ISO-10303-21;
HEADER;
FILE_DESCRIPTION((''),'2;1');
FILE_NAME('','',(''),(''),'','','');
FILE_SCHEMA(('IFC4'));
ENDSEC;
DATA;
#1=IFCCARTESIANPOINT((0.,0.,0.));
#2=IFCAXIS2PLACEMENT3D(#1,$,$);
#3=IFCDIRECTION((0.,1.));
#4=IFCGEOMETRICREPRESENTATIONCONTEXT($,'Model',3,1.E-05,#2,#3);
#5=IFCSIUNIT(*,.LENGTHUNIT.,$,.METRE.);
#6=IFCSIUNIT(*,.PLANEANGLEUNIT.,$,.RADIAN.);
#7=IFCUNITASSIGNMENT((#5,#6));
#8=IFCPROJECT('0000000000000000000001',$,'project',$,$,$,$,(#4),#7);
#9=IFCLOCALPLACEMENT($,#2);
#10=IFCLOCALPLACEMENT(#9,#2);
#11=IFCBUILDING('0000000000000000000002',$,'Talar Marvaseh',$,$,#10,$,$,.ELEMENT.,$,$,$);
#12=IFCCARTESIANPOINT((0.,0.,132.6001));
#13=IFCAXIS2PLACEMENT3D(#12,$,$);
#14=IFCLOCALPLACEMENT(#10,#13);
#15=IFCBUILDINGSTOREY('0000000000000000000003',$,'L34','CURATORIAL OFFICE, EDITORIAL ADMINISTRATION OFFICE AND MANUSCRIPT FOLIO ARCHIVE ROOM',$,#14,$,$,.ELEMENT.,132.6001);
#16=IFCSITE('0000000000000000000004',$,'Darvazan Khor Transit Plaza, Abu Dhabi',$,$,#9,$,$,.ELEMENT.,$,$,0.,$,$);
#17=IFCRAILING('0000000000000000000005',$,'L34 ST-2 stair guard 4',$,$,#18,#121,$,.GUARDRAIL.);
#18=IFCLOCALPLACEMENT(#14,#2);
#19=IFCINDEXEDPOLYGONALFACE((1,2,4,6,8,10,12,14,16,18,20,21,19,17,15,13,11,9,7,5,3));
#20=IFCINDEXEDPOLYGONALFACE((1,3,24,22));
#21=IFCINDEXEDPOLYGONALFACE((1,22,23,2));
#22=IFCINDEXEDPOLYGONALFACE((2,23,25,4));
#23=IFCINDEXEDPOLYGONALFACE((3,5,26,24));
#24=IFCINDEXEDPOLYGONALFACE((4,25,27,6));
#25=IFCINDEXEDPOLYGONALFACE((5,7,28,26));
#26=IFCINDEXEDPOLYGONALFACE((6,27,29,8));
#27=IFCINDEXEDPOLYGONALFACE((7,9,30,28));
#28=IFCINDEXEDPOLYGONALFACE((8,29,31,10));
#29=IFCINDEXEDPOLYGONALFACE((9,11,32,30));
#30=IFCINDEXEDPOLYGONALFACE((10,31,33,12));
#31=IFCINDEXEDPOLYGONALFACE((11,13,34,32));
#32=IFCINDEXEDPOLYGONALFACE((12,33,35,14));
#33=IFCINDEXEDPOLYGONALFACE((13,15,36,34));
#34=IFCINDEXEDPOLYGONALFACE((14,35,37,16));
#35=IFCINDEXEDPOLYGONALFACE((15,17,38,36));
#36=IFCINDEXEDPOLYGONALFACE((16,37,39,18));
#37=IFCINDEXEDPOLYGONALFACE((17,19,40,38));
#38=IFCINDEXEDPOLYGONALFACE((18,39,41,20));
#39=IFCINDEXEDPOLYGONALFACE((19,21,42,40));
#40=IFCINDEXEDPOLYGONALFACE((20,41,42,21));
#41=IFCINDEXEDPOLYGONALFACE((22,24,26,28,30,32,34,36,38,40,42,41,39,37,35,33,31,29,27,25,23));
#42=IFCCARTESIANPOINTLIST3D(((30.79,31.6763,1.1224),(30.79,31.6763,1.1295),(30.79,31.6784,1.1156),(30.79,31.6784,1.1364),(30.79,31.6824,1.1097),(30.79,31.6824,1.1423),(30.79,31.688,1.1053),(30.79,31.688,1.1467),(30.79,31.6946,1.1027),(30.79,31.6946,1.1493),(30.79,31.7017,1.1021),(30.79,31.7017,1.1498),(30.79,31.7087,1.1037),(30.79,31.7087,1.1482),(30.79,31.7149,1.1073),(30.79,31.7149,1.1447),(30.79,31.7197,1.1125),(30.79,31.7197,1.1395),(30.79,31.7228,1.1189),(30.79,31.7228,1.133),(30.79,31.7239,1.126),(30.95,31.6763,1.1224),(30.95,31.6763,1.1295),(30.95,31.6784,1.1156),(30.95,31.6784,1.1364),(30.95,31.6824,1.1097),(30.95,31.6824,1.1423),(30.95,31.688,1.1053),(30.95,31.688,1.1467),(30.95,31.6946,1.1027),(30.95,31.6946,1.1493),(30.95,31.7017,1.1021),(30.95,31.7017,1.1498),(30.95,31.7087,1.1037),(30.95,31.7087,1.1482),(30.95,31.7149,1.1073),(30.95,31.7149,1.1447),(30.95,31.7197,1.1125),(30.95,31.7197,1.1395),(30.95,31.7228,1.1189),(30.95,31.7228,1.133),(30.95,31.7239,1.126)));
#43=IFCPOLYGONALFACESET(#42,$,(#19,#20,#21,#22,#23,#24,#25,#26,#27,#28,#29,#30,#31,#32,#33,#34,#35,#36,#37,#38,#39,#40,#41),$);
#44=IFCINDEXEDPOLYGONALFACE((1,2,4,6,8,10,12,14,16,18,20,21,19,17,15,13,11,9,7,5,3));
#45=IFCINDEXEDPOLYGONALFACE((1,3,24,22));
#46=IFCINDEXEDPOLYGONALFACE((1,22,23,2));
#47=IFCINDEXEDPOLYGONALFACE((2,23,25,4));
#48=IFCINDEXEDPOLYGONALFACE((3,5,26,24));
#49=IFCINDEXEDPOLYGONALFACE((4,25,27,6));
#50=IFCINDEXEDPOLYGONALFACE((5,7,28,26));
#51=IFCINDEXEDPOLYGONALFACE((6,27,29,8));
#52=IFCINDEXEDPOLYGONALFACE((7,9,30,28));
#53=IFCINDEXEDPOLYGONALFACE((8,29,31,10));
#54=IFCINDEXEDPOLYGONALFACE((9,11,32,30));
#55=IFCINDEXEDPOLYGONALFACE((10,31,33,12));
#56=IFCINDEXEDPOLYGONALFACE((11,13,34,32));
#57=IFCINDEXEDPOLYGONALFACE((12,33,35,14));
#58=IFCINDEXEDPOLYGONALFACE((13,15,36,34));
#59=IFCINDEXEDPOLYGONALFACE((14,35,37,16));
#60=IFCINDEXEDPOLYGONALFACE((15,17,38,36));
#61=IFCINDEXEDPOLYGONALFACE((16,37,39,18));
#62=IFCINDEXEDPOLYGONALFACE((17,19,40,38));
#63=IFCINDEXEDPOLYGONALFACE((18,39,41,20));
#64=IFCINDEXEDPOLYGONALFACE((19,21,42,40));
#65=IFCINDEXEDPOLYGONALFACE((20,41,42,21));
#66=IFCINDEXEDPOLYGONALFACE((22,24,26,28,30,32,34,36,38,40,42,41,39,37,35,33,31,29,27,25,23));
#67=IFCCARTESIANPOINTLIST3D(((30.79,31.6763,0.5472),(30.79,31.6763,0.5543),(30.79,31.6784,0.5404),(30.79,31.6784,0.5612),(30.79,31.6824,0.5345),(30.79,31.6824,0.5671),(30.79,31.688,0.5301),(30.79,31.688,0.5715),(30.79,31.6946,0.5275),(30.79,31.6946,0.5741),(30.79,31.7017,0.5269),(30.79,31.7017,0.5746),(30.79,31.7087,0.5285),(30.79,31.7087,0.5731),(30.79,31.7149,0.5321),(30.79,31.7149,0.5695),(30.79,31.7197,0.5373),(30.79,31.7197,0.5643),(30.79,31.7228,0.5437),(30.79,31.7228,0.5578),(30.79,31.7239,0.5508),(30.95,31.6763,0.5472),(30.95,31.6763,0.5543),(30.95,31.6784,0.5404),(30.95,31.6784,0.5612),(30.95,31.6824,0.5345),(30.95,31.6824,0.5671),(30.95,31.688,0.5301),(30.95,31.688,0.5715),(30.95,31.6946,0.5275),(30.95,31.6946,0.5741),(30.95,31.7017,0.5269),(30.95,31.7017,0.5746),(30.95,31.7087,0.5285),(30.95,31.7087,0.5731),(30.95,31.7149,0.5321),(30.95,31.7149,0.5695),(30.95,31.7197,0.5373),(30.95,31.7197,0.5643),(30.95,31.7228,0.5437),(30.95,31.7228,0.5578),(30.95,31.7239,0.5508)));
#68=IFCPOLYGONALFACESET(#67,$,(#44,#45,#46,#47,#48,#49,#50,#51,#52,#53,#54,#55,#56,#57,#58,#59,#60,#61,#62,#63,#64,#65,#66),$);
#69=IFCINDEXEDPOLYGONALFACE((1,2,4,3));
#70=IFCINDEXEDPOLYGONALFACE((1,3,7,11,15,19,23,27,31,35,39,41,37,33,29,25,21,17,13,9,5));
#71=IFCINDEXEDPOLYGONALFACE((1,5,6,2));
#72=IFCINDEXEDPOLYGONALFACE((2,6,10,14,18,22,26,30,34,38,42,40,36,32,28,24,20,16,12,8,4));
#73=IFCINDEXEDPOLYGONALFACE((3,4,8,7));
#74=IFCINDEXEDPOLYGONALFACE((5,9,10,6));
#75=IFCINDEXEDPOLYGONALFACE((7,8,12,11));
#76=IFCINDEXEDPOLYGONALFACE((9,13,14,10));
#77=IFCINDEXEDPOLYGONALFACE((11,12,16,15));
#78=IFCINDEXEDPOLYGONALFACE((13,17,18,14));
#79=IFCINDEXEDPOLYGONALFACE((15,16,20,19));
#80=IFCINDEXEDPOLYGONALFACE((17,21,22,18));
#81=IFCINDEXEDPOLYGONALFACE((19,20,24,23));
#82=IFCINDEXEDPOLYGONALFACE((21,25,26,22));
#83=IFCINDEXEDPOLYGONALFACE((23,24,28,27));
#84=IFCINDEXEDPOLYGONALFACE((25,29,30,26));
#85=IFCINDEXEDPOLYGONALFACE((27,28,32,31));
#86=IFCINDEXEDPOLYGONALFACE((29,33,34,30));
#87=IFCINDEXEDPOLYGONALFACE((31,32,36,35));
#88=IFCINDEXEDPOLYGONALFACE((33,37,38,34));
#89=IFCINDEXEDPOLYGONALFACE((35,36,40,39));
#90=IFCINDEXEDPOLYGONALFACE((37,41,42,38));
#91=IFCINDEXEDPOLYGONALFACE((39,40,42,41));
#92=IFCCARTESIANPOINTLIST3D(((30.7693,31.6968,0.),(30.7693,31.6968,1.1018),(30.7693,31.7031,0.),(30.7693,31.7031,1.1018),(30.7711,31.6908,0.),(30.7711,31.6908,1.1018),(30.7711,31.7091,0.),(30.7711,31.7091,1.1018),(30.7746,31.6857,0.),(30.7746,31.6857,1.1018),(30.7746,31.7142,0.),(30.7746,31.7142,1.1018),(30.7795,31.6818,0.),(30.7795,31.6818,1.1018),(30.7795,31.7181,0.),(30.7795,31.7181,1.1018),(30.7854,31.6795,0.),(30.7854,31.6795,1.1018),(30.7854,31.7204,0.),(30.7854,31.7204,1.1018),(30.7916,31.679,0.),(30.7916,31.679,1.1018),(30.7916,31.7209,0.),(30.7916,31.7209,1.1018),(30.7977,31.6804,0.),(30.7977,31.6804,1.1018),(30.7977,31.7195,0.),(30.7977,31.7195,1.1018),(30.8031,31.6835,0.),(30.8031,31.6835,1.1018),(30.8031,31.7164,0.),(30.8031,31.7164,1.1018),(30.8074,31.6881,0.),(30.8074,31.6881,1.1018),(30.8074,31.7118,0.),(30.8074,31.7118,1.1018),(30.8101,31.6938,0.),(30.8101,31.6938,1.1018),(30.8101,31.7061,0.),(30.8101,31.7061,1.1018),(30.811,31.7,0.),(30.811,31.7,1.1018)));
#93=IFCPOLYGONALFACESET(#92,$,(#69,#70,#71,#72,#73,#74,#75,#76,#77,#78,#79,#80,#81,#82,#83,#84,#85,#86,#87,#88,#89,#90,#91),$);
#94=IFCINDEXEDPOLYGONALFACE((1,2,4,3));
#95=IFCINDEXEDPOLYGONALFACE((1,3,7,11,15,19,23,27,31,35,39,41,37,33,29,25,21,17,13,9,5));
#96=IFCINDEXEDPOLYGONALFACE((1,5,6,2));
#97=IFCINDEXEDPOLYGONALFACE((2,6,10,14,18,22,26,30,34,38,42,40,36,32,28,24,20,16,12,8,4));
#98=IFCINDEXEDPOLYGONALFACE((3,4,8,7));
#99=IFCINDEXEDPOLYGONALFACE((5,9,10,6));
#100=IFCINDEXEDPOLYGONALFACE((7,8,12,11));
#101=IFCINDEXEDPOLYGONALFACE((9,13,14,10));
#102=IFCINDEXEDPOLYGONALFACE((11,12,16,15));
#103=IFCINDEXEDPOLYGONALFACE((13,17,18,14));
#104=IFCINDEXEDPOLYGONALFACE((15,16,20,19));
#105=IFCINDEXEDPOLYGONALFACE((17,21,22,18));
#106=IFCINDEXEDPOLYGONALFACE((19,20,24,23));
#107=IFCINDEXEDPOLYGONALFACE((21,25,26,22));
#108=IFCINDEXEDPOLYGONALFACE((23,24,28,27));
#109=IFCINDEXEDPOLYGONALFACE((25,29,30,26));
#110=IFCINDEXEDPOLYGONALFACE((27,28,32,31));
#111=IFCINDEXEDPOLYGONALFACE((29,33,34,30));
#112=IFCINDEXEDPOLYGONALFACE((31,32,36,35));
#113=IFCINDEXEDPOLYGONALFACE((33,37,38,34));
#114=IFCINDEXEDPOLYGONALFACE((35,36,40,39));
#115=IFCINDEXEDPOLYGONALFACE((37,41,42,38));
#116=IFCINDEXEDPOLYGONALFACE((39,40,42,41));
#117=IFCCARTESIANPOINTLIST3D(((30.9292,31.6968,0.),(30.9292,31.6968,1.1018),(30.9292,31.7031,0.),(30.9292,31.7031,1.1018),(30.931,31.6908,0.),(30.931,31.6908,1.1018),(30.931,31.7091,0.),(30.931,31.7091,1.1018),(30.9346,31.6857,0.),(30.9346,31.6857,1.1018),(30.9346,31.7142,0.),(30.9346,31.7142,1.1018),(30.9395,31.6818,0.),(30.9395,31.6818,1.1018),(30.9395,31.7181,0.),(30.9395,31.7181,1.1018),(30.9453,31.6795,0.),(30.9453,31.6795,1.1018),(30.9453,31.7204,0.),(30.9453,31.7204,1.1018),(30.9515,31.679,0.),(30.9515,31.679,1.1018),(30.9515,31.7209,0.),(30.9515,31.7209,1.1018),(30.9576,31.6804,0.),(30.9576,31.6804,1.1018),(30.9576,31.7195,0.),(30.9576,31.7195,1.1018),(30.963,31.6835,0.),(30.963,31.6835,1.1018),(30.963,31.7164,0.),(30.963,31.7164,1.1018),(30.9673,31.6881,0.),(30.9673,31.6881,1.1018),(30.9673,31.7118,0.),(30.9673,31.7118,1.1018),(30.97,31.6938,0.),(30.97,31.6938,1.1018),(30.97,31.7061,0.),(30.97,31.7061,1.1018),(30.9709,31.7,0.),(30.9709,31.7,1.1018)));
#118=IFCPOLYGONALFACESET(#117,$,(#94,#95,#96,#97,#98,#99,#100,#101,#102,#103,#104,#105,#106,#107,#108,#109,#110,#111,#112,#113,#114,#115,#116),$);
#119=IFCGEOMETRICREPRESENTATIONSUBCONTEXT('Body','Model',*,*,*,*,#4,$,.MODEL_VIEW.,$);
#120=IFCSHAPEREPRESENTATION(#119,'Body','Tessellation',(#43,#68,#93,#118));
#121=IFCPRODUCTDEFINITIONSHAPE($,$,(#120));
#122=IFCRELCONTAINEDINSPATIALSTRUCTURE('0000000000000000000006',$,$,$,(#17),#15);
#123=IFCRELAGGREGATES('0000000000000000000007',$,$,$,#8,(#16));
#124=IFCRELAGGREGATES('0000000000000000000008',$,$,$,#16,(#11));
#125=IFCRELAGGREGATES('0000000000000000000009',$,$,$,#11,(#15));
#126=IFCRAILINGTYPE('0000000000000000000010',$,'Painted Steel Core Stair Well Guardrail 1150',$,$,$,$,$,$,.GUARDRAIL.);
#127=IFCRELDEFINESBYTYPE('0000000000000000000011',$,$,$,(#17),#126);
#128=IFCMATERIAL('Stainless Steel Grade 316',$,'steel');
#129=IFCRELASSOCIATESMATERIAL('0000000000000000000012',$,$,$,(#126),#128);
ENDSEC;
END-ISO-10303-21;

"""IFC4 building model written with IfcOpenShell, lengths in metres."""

from ifc_helpers import new_model, si_unit, direction, frame, origin, origin_2d, place, context, subcontext, project, spatial, circle, extrude, material, type_object, element, save


model = new_model("IFC4")

# Units and contexts
model_context = context("Model", 3, precision=1e-05, world=origin(), true_north=direction((0.0, 1.0)))
body_context = subcontext(model_context, "Body", "Model", "MODEL_VIEW")
ifc_project = project(units=[si_unit("LENGTHUNIT", "METRE"), si_unit("PLANEANGLEUNIT", "RADIAN")], contexts=[model_context])

# Site, building, storey
site_placement = place(None, origin())
site = spatial("IfcSite", under=ifc_project, at=site_placement, Name="Darvazan Khor Transit Plaza, Abu Dhabi", CompositionType="ELEMENT", RefElevation=0.0)
building_placement = place(site_placement, origin())
building = spatial("IfcBuilding", under=site, at=building_placement, Name="Talar Marvaseh", CompositionType="ELEMENT")
storey_placement = place(building_placement, frame((0.0, 0.0, 132.6001)))
storey = spatial("IfcBuildingStorey", under=building, at=storey_placement, Name="L34", Description="CURATORIAL OFFICE, EDITORIAL ADMINISTRATION OFFICE AND MANUSCRIPT FOLIO ARCHIVE ROOM", CompositionType="ELEMENT", Elevation=132.6001)

# Shared definitions
ifc_material_1 = material(Name="Stainless Steel Grade 316", Category="steel")

# Railing
railing_type_1 = type_object("IfcRailingType", Name="Painted Steel Core Stair Well Guardrail 1150", PredefinedType="GUARDRAIL", material=ifc_material_1)
railing_1_placement = place(storey_placement, frame((30.79, 31.7, 0.0)))
element("IfcRailing", 1, at=railing_1_placement, inside=storey, type_object=railing_type_1, Name="L34 ST-2 stair guard 4", PredefinedType="GUARDRAIL", context=body_context, shape_type="SweptSolid", body=[
    extrude(circle(Radius=0.0239, at=origin_2d()), frame((0.0, 0.0, 1.126), z_axis=(1.0, 0.0, 0.0), x_axis=(0.0, 1.0, 0.0)), (0.0, 0.0, 1.0), 0.1599),
    extrude(circle(Radius=0.0239, at=origin_2d()), frame((0.0, 0.0, 0.5508), z_axis=(1.0, 0.0, 0.0), x_axis=(0.0, 1.0, 0.0)), (0.0, 0.0, 1.0), 0.1599),
    extrude(circle(Radius=0.021, at=origin_2d()), origin(), (0.0, 0.0, 1.0), 1.1018),
    extrude(circle(Radius=0.021, at=origin_2d()), frame((0.1599, 0.0, 0.0)), (0.0, 0.0, 1.0), 1.1018),
])

save(model, "model.ifc")
